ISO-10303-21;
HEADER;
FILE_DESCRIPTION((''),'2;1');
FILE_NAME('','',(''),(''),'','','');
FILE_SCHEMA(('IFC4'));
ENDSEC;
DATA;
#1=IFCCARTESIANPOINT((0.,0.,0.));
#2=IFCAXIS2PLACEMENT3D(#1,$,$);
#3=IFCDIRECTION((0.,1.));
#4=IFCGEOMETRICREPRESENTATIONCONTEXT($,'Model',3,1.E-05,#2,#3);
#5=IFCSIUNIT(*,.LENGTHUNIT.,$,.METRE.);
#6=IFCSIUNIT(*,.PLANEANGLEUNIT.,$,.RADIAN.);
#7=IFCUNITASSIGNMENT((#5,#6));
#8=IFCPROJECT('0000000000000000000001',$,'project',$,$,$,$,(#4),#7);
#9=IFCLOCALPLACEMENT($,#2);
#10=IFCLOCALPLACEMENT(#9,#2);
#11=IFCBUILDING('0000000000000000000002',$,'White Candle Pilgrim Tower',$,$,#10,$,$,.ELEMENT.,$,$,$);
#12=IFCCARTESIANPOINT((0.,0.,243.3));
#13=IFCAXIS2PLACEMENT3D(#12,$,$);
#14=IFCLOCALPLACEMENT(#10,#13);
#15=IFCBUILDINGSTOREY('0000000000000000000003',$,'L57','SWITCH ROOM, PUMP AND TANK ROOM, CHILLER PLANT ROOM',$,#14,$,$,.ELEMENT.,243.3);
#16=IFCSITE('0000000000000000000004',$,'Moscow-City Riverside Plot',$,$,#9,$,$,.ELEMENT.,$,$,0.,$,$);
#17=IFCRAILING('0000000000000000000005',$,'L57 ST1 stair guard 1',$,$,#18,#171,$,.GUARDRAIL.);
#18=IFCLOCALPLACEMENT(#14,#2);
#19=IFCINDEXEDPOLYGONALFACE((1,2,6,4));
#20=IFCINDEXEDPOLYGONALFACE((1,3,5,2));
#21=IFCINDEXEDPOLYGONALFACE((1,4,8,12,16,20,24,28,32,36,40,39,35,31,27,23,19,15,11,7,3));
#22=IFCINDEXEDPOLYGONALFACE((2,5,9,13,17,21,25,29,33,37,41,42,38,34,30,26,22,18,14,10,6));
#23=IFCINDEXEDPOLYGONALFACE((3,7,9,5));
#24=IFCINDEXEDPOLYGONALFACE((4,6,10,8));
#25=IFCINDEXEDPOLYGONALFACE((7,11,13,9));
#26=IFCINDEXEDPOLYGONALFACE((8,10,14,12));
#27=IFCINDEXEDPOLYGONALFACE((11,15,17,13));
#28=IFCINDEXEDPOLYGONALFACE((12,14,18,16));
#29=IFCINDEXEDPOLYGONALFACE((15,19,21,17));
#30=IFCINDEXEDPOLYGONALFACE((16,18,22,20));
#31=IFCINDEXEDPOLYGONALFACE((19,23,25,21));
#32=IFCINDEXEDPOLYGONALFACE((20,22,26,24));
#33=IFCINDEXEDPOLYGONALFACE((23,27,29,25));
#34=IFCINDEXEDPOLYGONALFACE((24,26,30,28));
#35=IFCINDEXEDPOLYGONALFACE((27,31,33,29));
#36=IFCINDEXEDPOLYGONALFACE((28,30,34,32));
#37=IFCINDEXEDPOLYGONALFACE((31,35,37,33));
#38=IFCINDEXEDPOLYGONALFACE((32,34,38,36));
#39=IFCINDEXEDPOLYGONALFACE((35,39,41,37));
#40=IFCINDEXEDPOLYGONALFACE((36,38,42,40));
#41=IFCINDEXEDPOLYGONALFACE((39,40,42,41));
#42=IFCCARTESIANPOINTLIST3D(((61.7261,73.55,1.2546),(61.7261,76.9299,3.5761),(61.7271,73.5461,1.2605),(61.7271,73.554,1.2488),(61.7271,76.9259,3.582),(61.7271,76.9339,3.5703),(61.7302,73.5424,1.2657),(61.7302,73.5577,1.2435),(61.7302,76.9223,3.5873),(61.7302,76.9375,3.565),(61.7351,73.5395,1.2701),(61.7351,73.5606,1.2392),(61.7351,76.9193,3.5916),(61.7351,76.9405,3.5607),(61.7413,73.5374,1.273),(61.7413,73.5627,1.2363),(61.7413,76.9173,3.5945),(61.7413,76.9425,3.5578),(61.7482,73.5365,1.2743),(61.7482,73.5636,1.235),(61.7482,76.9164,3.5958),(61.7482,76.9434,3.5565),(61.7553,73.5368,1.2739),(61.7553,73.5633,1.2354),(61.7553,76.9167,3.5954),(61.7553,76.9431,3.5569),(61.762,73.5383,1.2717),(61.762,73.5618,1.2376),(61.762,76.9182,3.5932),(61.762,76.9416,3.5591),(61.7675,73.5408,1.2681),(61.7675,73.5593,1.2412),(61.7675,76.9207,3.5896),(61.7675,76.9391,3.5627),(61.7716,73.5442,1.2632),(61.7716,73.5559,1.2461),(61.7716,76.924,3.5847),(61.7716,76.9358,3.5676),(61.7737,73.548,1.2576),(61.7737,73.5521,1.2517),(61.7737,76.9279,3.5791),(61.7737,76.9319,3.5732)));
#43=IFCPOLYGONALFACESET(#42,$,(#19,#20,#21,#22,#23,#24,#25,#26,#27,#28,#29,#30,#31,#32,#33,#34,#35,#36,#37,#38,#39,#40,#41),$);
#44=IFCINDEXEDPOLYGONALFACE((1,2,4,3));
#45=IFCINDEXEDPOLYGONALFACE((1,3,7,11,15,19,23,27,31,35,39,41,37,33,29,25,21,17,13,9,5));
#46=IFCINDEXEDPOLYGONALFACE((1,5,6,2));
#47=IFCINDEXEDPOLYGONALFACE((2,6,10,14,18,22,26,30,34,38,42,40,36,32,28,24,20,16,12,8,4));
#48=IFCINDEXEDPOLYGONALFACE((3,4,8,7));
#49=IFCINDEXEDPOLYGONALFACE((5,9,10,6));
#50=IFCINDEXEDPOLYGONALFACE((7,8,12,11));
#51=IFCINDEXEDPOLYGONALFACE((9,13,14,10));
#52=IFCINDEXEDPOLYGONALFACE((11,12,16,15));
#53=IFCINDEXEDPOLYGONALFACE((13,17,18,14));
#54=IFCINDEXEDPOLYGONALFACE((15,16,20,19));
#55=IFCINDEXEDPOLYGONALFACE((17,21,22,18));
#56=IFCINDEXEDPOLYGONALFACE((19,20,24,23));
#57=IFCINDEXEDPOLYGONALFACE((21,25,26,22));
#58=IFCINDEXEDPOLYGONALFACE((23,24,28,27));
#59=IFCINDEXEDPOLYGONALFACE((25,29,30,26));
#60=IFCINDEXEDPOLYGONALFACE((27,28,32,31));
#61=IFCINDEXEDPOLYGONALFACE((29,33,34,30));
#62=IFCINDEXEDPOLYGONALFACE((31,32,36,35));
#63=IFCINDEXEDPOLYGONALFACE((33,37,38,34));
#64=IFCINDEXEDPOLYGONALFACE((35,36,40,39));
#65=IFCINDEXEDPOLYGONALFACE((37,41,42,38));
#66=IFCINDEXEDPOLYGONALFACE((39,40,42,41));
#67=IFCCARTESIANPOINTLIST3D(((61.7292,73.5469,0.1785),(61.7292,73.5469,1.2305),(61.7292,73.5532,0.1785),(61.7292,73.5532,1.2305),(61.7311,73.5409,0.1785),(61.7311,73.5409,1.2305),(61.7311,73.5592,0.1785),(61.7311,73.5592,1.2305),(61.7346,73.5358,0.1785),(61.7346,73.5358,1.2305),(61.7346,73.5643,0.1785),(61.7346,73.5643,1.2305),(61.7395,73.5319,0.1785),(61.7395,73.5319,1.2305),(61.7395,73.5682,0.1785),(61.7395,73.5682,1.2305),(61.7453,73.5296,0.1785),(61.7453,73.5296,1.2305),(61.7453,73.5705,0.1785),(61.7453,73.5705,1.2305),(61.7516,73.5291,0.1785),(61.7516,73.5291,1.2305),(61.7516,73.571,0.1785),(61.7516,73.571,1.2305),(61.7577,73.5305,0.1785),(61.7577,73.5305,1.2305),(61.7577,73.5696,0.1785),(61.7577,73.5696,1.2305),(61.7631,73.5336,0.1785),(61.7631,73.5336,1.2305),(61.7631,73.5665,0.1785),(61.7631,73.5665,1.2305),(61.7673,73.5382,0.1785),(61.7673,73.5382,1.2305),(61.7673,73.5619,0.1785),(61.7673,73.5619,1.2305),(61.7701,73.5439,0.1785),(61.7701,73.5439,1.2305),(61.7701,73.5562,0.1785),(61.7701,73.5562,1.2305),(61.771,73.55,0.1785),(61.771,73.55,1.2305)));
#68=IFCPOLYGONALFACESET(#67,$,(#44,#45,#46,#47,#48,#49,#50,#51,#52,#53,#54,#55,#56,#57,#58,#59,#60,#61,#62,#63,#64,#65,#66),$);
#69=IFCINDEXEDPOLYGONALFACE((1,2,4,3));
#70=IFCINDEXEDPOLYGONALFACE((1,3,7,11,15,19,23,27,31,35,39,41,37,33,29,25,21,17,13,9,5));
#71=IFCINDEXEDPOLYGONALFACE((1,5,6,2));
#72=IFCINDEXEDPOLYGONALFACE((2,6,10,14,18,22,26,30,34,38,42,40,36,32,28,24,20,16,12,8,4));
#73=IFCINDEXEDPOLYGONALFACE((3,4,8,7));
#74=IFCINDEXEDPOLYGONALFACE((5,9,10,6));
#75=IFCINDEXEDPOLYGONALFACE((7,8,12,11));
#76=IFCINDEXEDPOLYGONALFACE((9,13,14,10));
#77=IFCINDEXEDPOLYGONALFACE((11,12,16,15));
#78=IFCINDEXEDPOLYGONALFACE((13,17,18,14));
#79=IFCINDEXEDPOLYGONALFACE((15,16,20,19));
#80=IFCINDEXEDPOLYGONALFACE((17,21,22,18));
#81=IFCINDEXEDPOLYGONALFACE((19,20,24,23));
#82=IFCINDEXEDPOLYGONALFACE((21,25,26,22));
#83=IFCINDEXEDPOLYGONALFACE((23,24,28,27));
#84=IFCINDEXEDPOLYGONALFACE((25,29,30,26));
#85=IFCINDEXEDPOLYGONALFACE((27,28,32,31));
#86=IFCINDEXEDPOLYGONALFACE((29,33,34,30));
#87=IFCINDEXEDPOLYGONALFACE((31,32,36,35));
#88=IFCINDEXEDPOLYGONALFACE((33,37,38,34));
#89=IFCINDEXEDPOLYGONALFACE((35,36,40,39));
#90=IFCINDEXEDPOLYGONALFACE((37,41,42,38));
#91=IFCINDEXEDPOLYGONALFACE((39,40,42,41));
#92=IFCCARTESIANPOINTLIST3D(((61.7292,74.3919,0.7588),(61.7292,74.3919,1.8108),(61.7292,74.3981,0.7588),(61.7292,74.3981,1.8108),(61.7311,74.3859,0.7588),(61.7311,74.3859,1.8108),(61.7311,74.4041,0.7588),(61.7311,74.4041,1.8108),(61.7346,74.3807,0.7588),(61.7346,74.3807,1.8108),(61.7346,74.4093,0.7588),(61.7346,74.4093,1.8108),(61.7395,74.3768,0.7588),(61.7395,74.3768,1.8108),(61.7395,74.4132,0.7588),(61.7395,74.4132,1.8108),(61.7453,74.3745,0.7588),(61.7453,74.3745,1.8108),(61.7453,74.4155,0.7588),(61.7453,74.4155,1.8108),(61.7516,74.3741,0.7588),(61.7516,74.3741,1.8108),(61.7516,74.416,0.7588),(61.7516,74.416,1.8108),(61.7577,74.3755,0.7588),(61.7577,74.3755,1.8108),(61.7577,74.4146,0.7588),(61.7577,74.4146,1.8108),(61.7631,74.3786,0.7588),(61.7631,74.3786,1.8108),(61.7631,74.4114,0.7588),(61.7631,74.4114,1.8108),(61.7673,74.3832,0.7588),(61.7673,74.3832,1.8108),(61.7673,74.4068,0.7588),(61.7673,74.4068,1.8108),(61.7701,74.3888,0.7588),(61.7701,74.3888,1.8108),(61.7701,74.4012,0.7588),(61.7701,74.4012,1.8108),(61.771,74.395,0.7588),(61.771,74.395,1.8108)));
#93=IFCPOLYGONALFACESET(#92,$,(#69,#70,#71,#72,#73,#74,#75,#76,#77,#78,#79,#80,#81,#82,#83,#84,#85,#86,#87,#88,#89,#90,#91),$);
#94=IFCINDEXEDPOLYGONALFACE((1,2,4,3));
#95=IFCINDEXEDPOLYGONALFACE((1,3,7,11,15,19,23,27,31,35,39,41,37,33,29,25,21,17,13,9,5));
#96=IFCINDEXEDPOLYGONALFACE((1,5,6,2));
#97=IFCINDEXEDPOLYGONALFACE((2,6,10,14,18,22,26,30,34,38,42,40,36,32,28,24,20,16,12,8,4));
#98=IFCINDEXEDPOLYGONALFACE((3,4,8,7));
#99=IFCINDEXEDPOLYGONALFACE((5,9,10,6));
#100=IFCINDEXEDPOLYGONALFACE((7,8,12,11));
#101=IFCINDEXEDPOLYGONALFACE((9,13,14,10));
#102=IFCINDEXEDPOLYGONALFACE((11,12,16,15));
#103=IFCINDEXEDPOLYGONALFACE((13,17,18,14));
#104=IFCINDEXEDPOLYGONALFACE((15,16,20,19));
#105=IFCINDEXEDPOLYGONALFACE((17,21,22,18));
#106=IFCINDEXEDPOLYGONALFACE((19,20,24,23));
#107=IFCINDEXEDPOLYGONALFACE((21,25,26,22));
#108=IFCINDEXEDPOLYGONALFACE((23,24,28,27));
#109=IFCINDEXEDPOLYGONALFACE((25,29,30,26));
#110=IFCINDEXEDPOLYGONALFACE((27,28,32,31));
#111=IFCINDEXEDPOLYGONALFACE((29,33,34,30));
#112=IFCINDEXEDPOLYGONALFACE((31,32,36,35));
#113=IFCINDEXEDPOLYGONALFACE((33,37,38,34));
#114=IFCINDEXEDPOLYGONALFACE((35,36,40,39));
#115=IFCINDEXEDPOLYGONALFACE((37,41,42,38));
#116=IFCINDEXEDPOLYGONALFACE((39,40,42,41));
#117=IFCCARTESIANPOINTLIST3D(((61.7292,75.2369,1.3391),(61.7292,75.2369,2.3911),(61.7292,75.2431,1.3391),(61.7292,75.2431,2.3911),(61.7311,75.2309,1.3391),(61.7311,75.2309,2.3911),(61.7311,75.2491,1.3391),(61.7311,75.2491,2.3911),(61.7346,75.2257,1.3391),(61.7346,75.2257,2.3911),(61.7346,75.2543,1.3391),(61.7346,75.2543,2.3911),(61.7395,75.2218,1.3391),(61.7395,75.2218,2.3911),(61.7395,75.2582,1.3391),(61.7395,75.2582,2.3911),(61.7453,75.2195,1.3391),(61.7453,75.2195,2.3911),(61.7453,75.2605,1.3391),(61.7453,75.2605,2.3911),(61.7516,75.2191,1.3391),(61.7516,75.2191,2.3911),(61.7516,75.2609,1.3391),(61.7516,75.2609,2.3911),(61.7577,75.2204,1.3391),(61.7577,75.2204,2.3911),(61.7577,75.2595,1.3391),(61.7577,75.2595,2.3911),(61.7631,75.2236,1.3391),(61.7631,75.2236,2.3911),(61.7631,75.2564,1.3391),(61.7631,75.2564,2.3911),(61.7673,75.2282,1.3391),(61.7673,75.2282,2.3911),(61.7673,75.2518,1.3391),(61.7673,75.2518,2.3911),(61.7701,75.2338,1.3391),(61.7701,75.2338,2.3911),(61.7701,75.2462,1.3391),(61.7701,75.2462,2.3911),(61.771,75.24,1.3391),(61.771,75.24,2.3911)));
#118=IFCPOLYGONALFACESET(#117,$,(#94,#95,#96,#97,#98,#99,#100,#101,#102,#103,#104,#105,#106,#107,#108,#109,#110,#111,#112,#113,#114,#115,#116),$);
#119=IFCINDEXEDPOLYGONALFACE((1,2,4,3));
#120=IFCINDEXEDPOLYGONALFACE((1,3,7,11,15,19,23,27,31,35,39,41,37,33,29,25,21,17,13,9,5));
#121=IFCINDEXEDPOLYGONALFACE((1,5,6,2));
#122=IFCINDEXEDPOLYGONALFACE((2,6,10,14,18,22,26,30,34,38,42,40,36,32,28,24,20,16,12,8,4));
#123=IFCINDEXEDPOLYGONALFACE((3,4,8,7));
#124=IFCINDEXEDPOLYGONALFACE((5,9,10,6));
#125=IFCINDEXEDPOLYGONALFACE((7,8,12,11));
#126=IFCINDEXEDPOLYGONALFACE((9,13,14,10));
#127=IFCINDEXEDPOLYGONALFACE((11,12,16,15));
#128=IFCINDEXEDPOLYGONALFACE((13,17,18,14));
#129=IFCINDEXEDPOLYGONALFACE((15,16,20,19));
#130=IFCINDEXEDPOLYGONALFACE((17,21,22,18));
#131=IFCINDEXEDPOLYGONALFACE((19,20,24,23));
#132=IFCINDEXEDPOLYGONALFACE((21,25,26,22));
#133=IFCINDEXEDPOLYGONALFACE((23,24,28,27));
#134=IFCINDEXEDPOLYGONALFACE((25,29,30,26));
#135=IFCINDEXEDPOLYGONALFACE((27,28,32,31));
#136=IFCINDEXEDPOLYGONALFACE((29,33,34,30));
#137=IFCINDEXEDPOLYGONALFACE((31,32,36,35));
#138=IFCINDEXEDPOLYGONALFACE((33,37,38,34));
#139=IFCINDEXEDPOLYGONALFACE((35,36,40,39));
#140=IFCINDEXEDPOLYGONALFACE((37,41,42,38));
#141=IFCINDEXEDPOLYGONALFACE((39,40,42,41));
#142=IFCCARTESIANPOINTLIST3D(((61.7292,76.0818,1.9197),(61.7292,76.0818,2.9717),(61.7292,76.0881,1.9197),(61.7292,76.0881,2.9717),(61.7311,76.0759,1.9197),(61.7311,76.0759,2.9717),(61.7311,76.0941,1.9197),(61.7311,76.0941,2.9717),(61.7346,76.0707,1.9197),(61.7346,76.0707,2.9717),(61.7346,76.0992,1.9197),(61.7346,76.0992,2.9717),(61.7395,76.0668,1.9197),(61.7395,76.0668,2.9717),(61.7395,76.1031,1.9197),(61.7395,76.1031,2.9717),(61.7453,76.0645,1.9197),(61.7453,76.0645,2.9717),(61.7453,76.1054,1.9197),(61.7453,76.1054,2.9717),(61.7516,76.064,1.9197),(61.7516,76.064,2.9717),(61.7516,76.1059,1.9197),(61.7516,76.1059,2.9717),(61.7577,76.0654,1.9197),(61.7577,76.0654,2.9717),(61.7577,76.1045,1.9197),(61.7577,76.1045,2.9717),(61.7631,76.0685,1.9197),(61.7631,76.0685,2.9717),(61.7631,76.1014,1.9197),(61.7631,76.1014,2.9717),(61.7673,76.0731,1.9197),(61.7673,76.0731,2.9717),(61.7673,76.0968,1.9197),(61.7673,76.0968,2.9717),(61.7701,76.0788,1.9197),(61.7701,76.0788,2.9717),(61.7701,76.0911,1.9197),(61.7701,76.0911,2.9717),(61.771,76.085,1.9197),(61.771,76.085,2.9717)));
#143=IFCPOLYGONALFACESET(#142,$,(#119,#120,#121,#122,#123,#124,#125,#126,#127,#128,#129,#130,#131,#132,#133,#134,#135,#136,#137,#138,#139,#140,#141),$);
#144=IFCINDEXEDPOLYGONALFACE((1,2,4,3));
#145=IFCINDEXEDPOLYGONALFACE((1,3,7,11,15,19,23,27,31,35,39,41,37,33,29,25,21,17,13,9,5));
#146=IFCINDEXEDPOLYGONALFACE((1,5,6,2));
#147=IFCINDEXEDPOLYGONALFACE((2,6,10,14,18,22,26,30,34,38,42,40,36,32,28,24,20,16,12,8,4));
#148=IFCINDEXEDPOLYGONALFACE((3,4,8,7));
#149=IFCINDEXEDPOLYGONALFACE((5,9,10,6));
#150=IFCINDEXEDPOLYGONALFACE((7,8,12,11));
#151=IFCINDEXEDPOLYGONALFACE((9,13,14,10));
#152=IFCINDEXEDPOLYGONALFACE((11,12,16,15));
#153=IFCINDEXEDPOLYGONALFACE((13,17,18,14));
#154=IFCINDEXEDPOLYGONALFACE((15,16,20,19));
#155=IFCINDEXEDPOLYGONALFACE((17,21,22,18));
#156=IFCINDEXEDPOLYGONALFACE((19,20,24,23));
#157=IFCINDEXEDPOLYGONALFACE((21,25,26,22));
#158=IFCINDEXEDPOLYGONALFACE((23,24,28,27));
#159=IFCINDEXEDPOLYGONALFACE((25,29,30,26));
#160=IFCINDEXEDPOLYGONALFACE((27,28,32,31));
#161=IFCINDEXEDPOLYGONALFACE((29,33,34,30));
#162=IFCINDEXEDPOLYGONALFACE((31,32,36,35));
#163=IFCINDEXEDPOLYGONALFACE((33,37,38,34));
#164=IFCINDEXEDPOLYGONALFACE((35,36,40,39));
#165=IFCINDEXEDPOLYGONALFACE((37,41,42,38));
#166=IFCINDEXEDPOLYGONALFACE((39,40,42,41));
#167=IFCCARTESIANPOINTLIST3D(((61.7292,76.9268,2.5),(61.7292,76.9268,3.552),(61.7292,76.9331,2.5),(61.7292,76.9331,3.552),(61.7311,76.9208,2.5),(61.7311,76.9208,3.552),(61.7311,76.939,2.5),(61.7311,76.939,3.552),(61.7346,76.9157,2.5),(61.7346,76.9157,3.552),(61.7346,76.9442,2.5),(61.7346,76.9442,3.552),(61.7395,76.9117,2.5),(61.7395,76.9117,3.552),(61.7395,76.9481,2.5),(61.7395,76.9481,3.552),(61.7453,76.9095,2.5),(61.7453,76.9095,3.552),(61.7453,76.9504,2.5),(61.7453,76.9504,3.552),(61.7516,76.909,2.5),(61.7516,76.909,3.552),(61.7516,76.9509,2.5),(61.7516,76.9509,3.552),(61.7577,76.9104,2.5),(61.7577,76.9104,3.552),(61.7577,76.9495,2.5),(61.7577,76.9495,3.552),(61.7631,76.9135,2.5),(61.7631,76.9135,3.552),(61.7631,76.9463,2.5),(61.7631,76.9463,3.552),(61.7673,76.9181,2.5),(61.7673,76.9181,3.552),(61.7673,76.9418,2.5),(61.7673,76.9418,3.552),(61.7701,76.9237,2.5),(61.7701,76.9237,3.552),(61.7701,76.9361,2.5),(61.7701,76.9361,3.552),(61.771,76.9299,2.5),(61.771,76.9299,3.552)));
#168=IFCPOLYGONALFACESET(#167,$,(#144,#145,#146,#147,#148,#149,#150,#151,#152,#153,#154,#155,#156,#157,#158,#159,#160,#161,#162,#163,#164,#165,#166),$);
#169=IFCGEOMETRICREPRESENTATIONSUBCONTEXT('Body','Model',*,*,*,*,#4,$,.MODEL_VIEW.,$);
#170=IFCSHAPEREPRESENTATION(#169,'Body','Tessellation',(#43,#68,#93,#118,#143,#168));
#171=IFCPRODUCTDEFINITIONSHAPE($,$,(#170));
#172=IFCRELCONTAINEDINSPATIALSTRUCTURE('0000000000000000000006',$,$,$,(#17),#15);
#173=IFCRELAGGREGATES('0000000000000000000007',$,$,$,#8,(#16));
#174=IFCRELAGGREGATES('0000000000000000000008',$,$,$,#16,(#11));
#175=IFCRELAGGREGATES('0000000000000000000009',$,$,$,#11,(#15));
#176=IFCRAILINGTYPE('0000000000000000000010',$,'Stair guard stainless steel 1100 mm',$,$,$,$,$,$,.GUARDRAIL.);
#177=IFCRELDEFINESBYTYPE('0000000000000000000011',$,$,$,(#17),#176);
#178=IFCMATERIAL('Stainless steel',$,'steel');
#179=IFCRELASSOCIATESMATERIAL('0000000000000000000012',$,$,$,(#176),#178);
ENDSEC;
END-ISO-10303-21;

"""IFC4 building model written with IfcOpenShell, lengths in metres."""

from ifc_helpers import new_model, si_unit, direction, frame, origin, origin_2d, place, context, subcontext, project, spatial, circle, extrude, material, type_object, element, save


model = new_model("IFC4")

# Units and contexts
model_context = context("Model", 3, precision=1e-05, world=origin(), true_north=direction((0.0, 1.0)))
body_context = subcontext(model_context, "Body", "Model", "MODEL_VIEW")
ifc_project = project(units=[si_unit("LENGTHUNIT", "METRE"), si_unit("PLANEANGLEUNIT", "RADIAN")], contexts=[model_context])

# Site, building, storey
site_placement = place(None, origin())
site = spatial("IfcSite", under=ifc_project, at=site_placement, Name="Moscow-City Riverside Plot", CompositionType="ELEMENT", RefElevation=0.0)
building_placement = place(site_placement, origin())
building = spatial("IfcBuilding", under=site, at=building_placement, Name="White Candle Pilgrim Tower", CompositionType="ELEMENT")
storey_placement = place(building_placement, frame((0.0, 0.0, 243.3)))
storey = spatial("IfcBuildingStorey", under=building, at=storey_placement, Name="L57", Description="SWITCH ROOM, PUMP AND TANK ROOM, CHILLER PLANT ROOM", CompositionType="ELEMENT", Elevation=243.3)

# Railing
ifc_material_1 = material(Name="Stainless steel", Category="steel")
railing_type_1 = type_object("IfcRailingType", Name="Stair guard stainless steel 1100 mm", PredefinedType="GUARDRAIL", material=ifc_material_1)
railing_1_placement = place(storey_placement, frame((61.75, 73.55, 0.1785)))
element("IfcRailing", 1, at=railing_1_placement, inside=storey, type_object=railing_type_1, Name="L57 ST1 stair guard 1", PredefinedType="GUARDRAIL", context=body_context, shape_type="SweptSolid", body=[
    extrude(circle(Radius=0.0239, at=origin_2d()), frame((0.0, 0.0, 1.0762), z_axis=(0.0, 0.824285, 0.566175), x_axis=(-1.0, 0.0, 0.0)), (0.0, 0.0, 1.0), 4.1003),
    extrude(circle(Radius=0.021, at=origin_2d()), origin(), (0.0, 0.0, 1.0), 1.052),
    extrude(circle(Radius=0.021, at=origin_2d()), frame((0.0, 0.845, 0.5803)), (0.0, 0.0, 1.0), 1.052),
    extrude(circle(Radius=0.021, at=origin_2d()), frame((0.0, 1.6899, 1.1606)), (0.0, 0.0, 1.0), 1.052),
    extrude(circle(Radius=0.021, at=origin_2d()), frame((0.0, 2.5349, 1.7412)), (0.0, 0.0, 1.0), 1.052),
    extrude(circle(Radius=0.021, at=origin_2d()), frame((0.0, 3.3799, 2.3215)), (0.0, 0.0, 1.0), 1.052),
])

save(model, "model.ifc")
